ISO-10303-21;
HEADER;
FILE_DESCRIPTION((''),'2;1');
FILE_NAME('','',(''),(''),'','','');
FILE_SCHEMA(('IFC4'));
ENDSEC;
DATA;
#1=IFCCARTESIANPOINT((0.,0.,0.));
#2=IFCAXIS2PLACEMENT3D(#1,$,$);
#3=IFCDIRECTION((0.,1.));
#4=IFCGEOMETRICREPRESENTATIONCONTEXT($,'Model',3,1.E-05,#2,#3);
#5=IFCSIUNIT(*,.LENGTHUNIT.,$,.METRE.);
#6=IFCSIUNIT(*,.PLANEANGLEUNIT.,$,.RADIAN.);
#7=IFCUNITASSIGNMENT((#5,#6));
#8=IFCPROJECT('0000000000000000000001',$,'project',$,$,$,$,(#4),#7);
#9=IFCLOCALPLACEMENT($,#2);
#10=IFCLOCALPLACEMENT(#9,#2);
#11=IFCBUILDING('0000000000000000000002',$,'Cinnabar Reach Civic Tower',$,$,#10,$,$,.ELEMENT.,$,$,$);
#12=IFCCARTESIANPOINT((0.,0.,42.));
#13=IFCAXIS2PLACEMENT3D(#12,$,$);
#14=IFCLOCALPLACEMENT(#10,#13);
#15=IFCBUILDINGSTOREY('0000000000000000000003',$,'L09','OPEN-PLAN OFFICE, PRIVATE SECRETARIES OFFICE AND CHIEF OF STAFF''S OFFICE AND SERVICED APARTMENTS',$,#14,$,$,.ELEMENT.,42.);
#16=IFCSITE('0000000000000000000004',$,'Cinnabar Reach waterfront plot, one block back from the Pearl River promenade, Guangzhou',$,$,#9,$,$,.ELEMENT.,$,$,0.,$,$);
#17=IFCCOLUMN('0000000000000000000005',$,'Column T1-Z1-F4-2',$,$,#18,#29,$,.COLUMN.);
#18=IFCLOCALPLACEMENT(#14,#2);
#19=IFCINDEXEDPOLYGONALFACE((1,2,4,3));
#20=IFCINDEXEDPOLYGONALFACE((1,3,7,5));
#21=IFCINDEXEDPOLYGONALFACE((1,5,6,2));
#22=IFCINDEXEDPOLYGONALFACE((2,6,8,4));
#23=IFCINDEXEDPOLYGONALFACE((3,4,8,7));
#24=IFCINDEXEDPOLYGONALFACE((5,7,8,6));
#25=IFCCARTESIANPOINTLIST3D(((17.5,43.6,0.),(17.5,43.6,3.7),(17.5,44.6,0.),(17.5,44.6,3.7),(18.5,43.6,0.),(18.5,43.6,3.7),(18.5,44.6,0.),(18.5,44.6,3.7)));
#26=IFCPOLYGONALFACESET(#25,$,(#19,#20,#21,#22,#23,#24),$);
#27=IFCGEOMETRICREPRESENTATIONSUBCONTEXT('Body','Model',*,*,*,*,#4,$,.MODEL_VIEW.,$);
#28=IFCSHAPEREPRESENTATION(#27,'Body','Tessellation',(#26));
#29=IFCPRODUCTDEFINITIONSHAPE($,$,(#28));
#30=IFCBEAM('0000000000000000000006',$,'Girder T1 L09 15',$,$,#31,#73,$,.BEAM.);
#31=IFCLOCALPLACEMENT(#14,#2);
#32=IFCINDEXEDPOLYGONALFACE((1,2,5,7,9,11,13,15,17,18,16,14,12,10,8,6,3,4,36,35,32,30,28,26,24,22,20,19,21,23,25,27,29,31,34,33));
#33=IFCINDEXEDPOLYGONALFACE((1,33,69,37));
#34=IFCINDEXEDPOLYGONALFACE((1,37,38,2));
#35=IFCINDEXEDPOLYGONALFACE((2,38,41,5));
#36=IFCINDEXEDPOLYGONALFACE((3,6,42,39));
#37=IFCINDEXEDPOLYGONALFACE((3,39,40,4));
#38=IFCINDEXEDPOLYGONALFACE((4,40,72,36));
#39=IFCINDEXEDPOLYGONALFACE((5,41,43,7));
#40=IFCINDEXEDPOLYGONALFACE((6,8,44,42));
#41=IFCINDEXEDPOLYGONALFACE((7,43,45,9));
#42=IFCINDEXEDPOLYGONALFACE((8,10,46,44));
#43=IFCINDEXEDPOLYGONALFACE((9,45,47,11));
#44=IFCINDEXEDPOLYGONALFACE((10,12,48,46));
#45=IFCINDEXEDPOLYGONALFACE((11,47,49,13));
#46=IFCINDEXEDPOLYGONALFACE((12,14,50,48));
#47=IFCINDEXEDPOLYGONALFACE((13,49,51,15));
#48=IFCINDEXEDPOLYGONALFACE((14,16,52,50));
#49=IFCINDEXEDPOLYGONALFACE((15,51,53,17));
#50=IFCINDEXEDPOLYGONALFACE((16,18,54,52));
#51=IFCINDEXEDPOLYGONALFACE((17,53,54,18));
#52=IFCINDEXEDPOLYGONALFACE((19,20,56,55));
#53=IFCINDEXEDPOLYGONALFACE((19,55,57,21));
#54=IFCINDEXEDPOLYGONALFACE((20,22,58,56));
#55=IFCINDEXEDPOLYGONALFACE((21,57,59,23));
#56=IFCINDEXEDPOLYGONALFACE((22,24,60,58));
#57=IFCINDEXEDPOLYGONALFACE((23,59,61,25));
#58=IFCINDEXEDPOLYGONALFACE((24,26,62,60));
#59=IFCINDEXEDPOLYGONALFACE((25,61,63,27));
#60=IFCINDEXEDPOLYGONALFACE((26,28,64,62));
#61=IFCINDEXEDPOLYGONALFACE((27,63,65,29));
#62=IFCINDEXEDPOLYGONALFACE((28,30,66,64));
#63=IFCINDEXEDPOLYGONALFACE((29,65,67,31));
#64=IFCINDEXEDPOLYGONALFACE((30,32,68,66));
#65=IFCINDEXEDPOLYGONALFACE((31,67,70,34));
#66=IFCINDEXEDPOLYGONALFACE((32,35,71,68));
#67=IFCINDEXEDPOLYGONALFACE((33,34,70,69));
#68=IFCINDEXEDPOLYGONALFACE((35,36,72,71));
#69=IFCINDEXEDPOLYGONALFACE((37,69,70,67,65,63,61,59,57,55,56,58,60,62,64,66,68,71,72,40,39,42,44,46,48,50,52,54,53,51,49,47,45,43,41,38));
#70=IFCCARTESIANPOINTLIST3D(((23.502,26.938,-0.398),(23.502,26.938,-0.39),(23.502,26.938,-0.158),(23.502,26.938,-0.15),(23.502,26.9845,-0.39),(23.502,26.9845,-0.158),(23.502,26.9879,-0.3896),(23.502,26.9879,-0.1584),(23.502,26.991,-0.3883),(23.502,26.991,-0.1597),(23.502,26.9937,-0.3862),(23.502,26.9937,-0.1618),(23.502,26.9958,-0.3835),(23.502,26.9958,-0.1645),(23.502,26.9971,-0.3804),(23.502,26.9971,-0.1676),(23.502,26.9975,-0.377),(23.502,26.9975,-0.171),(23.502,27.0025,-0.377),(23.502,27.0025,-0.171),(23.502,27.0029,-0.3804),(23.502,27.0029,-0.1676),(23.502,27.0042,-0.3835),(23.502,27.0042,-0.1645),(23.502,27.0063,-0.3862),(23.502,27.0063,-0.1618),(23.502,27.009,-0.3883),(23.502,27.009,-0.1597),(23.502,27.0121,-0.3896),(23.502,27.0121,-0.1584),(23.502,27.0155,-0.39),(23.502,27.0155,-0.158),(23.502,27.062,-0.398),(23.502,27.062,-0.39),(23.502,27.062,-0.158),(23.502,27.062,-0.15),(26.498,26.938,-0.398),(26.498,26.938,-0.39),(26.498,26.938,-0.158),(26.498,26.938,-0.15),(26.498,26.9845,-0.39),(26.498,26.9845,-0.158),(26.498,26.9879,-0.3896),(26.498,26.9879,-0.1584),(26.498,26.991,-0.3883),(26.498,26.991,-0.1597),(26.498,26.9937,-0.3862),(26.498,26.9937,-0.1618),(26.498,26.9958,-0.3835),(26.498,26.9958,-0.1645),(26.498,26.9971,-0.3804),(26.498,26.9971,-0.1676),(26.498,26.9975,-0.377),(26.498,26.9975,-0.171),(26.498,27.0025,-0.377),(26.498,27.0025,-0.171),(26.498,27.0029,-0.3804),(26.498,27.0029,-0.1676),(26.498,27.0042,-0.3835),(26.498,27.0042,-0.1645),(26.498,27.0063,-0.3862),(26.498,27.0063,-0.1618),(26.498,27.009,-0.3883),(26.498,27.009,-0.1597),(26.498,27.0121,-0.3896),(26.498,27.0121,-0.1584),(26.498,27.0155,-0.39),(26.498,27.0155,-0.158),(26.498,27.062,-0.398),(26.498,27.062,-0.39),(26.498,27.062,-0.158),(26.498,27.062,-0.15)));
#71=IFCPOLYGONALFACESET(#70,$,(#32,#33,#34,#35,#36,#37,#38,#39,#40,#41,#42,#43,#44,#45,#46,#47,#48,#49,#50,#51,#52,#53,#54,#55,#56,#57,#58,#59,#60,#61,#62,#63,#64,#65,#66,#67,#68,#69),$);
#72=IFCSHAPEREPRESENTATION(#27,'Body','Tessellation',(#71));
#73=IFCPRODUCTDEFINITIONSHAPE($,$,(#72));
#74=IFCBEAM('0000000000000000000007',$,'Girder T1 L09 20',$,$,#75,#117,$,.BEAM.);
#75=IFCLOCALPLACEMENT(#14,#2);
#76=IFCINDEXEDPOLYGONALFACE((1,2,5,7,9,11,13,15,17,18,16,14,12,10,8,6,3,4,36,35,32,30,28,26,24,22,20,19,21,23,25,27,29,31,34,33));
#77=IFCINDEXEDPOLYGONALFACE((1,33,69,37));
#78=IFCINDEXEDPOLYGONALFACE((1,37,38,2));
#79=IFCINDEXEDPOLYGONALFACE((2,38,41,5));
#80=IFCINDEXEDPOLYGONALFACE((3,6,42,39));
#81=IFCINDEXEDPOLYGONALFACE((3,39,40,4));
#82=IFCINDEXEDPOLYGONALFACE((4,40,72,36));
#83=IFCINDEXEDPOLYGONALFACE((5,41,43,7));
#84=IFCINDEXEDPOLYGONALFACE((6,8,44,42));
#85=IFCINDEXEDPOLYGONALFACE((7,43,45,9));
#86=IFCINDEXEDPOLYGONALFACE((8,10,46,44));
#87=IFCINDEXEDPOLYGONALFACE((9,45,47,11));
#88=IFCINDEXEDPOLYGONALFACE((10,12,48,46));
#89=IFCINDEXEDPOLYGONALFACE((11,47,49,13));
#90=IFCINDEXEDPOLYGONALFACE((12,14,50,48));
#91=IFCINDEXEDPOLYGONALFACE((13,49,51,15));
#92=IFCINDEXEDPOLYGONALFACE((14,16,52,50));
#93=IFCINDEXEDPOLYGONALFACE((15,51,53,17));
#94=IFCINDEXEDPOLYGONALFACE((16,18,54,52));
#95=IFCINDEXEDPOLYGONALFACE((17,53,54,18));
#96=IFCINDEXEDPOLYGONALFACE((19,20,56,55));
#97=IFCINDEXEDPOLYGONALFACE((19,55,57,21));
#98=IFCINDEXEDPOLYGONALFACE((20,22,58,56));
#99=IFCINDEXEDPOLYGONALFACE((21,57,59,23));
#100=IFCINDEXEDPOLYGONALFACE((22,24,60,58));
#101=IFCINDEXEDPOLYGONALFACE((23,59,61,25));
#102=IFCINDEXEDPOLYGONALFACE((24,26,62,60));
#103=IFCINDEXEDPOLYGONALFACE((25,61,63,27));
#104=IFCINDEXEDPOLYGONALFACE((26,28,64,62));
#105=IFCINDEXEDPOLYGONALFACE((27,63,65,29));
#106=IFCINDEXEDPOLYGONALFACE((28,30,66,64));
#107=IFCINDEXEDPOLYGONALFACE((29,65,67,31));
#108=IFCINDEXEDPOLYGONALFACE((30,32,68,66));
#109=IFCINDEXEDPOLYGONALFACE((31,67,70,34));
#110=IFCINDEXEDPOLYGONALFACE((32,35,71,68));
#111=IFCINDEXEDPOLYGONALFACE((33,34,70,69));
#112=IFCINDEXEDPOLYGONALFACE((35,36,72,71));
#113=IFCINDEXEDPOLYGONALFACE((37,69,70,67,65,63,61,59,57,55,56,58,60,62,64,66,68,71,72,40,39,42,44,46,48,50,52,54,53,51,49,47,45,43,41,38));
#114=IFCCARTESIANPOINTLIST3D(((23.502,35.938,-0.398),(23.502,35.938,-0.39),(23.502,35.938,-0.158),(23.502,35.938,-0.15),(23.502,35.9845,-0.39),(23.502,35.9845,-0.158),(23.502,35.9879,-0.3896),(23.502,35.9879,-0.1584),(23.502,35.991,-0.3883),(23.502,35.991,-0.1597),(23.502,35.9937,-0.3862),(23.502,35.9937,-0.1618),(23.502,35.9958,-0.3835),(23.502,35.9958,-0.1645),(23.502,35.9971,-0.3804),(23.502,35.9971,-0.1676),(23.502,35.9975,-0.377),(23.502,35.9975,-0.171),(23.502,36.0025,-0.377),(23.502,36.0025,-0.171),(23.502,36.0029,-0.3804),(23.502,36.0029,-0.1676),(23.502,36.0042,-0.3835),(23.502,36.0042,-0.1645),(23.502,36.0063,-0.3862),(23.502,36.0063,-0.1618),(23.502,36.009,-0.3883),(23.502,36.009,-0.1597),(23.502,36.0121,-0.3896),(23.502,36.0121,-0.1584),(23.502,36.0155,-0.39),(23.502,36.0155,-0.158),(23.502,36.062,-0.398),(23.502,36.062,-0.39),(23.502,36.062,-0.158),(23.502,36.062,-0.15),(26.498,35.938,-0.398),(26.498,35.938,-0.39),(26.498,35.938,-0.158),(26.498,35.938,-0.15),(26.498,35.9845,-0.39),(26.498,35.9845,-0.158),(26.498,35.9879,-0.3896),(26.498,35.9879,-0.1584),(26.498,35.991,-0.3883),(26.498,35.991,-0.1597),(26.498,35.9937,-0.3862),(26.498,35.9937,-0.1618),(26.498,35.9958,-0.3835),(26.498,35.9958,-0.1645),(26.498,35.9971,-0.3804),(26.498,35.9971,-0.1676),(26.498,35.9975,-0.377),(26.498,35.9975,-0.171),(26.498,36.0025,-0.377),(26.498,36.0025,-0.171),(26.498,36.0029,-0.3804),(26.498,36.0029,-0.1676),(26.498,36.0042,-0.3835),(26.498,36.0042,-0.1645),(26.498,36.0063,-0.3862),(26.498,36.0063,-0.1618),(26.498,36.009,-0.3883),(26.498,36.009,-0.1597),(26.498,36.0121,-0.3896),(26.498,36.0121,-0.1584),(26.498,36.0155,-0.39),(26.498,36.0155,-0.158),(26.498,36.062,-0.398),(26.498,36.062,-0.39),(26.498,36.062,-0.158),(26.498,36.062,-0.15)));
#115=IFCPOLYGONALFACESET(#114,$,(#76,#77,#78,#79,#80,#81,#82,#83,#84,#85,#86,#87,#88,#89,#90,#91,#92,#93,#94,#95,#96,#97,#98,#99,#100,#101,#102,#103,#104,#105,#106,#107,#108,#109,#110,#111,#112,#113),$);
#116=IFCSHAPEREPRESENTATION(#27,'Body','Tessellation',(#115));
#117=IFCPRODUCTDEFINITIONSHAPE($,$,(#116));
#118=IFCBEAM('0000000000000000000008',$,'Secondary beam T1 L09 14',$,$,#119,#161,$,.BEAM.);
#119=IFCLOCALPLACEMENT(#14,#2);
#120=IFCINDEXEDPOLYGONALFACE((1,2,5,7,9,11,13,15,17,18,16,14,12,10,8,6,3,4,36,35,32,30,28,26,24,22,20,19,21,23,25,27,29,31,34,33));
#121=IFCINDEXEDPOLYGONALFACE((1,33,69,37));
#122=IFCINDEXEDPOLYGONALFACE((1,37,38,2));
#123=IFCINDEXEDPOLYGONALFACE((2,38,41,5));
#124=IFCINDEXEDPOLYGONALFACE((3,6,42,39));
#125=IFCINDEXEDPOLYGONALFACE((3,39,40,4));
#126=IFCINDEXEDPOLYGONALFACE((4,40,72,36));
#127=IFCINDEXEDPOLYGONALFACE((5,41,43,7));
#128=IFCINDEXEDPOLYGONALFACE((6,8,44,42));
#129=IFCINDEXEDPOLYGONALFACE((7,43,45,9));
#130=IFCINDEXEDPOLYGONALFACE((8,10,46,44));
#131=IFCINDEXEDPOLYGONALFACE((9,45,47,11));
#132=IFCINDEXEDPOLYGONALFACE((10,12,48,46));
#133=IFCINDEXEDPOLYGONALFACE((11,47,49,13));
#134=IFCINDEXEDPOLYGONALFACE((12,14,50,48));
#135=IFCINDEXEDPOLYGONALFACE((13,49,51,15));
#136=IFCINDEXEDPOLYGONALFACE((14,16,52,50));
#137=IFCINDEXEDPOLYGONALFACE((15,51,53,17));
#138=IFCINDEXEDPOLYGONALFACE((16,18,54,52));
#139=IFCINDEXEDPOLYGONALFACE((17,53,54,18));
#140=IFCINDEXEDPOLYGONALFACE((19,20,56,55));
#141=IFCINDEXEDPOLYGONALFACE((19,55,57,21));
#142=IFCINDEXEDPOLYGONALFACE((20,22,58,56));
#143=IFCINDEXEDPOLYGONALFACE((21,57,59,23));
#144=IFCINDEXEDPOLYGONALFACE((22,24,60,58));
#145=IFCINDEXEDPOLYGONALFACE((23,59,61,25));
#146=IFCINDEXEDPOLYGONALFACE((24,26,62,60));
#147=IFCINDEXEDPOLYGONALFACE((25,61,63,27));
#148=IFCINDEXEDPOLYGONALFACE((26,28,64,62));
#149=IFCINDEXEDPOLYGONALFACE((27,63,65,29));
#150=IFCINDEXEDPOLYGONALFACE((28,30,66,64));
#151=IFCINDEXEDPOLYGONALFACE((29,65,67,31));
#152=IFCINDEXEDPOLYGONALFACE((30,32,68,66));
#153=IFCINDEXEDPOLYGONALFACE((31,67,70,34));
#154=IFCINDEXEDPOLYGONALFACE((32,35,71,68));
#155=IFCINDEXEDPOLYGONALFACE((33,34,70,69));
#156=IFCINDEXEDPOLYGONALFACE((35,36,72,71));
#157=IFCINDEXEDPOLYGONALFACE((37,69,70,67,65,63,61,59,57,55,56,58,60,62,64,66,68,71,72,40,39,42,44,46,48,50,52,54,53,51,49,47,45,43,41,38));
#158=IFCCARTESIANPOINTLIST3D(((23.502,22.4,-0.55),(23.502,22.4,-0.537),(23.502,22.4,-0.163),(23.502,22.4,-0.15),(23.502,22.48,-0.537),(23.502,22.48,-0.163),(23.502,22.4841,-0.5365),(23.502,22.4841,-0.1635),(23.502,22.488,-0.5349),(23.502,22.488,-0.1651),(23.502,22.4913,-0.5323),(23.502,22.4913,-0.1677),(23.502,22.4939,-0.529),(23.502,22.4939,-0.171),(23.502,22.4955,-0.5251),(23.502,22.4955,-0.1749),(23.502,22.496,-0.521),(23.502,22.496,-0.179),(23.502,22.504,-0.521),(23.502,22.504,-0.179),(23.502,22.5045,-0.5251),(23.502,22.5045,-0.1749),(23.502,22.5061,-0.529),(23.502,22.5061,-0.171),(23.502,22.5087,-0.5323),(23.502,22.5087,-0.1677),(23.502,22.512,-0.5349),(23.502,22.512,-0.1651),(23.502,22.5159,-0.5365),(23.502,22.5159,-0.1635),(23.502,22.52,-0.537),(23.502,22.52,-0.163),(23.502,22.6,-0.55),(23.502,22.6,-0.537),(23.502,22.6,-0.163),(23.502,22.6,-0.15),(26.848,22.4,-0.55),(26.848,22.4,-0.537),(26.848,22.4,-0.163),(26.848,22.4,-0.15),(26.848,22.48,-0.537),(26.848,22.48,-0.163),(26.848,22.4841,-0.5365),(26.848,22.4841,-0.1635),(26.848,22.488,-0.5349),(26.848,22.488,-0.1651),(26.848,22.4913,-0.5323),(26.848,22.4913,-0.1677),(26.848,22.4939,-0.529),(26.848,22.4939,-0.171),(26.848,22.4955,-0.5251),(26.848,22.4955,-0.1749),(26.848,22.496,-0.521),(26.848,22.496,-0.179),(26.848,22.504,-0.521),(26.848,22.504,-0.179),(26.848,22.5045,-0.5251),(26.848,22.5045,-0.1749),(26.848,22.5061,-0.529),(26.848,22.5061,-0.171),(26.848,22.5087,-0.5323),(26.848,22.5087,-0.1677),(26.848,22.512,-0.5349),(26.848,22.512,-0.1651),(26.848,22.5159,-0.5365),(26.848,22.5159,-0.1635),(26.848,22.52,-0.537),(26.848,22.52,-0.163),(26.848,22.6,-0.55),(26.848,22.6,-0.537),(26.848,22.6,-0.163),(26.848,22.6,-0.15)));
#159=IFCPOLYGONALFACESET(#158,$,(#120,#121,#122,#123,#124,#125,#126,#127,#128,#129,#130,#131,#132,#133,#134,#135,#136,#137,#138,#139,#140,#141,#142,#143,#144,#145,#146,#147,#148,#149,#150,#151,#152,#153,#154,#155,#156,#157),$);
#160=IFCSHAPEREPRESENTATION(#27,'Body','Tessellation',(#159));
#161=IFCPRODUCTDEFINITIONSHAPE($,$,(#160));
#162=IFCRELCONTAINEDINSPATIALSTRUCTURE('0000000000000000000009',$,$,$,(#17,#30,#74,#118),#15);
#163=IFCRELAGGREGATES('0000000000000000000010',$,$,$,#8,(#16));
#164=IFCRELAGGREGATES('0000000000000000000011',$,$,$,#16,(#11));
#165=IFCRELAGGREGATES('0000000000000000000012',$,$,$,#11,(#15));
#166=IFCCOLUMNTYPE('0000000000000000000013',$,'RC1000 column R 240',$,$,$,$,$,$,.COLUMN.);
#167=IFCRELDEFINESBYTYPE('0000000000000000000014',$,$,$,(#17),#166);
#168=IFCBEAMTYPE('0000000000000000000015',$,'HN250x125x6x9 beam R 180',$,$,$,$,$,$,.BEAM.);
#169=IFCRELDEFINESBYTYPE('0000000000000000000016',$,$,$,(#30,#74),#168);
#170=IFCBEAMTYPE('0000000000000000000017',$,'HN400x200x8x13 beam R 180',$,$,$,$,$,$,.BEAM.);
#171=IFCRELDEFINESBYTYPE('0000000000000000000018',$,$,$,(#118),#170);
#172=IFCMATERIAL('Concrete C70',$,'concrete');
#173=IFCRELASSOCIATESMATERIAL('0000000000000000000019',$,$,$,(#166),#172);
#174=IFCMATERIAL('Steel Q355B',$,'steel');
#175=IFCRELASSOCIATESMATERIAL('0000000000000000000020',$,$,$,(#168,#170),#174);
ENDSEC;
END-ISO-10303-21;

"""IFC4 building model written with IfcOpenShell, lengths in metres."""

from ifc_helpers import new_model, si_unit, direction, frame, origin, origin_2d, place, context, subcontext, project, spatial, rectangle, i_section, extrude, material, material_profile, profile_set, type_object, element, save


model = new_model("IFC4")

# Units and contexts
model_context = context("Model", 3, precision=1e-05, world=origin(), true_north=direction((0.0, 1.0)))
body_context = subcontext(model_context, "Body", "Model", "MODEL_VIEW")
ifc_project = project(units=[si_unit("LENGTHUNIT", "METRE"), si_unit("PLANEANGLEUNIT", "RADIAN")], contexts=[model_context])

# Site, building, storey
site_placement = place(None, origin())
site = spatial("IfcSite", under=ifc_project, at=site_placement, Name="Cinnabar Reach waterfront plot, one block back from the Pearl River promenade, Guangzhou", CompositionType="ELEMENT", RefElevation=0.0)
building_placement = place(site_placement, origin())
building = spatial("IfcBuilding", under=site, at=building_placement, Name="Cinnabar Reach Civic Tower", CompositionType="ELEMENT")
storey_placement = place(building_placement, frame((0.0, 0.0, 42.0)))
storey = spatial("IfcBuildingStorey", under=building, at=storey_placement, Name="L09", Description="OPEN-PLAN OFFICE, PRIVATE SECRETARIES OFFICE AND CHIEF OF STAFF'S OFFICE AND SERVICED APARTMENTS", CompositionType="ELEMENT", Elevation=42.0)

# Column
ifc_material_1 = material(Name="Concrete C70", Category="concrete")
ifc_material_profile_1 = material_profile(ifc_material_1, rectangle(XDim=1.0, YDim=1.0, at=origin_2d()), Name="RC1000")
ifc_profile_set_1 = profile_set([ifc_material_profile_1], Name="Concrete C70")
column_type = type_object("IfcColumnType", Name="RC1000 column R 240", PredefinedType="COLUMN", material=ifc_profile_set_1)
column_placement = place(storey_placement, frame((18.0, 44.1, 0.0), z_axis=(0.0, 0.0, 1.0), x_axis=(1.0, 0.0, 0.0)))
element("IfcColumn", 1, at=column_placement, inside=storey, type_object=column_type, Name="Column T1-Z1-F4-2", PredefinedType="COLUMN", context=body_context, shape_type="SweptSolid", body=[
    extrude(rectangle(XDim=1.0, YDim=1.0, at=origin_2d()), origin(), (0.0, 0.0, 1.0), 3.7),
])

# Beams
ifc_material_2 = material(Name="Steel Q355B", Category="steel")
ifc_material_profile_2 = material_profile(ifc_material_2, i_section(OverallWidth=0.124, OverallDepth=0.248, WebThickness=0.005, FlangeThickness=0.008, FilletRadius=0.013, at=origin_2d()), Name="HN250x125x6x9")
ifc_profile_set_2 = profile_set([ifc_material_profile_2], Name="Steel Q355B")
beam_type_1 = type_object("IfcBeamType", Name="HN250x125x6x9 beam R 180", PredefinedType="BEAM", material=ifc_profile_set_2)
for number, where, z_axis, x_axis, name in (
    (2, (23.502, 27.0, -0.274), (1.0, 0.0, 0.0), (0.0, 1.0, 0.0), "Girder T1 L09 15"),
    (3, (23.502, 36.0, -0.274), (1.0, 0.0, 0.0), (0.0, 1.0, 0.0), "Girder T1 L09 20"),
):
    element("IfcBeam", number, at=place(storey_placement, frame(where, z_axis=z_axis, x_axis=x_axis)), inside=storey, type_object=beam_type_1, Name=name, PredefinedType="BEAM", context=body_context, shape_type="SweptSolid", body=[
        extrude(i_section(OverallWidth=0.124, OverallDepth=0.248, WebThickness=0.005, FlangeThickness=0.008, FilletRadius=0.013, at=origin_2d()), origin(), (0.0, 0.0, 1.0), 2.996),
    ])
ifc_material_profile_3 = material_profile(ifc_material_2, i_section(OverallWidth=0.2, OverallDepth=0.4, WebThickness=0.008, FlangeThickness=0.013, FilletRadius=0.016, at=origin_2d()), Name="HN400x200x8x13")
ifc_profile_set_3 = profile_set([ifc_material_profile_3], Name="Steel Q355B")
beam_type_2 = type_object("IfcBeamType", Name="HN400x200x8x13 beam R 180", PredefinedType="BEAM", material=ifc_profile_set_3)
for number, where, z_axis, x_axis, name in (
    (4, (23.502, 22.5, -0.35), (1.0, 0.0, 0.0), (0.0, 1.0, 0.0), "Secondary beam T1 L09 14"),
):
    element("IfcBeam", number, at=place(storey_placement, frame(where, z_axis=z_axis, x_axis=x_axis)), inside=storey, type_object=beam_type_2, Name=name, PredefinedType="BEAM", context=body_context, shape_type="SweptSolid", body=[
        extrude(i_section(OverallWidth=0.2, OverallDepth=0.4, WebThickness=0.008, FlangeThickness=0.013, FilletRadius=0.016, at=origin_2d()), origin(), (0.0, 0.0, 1.0), 3.346),
    ])

save(model, "model.ifc")
